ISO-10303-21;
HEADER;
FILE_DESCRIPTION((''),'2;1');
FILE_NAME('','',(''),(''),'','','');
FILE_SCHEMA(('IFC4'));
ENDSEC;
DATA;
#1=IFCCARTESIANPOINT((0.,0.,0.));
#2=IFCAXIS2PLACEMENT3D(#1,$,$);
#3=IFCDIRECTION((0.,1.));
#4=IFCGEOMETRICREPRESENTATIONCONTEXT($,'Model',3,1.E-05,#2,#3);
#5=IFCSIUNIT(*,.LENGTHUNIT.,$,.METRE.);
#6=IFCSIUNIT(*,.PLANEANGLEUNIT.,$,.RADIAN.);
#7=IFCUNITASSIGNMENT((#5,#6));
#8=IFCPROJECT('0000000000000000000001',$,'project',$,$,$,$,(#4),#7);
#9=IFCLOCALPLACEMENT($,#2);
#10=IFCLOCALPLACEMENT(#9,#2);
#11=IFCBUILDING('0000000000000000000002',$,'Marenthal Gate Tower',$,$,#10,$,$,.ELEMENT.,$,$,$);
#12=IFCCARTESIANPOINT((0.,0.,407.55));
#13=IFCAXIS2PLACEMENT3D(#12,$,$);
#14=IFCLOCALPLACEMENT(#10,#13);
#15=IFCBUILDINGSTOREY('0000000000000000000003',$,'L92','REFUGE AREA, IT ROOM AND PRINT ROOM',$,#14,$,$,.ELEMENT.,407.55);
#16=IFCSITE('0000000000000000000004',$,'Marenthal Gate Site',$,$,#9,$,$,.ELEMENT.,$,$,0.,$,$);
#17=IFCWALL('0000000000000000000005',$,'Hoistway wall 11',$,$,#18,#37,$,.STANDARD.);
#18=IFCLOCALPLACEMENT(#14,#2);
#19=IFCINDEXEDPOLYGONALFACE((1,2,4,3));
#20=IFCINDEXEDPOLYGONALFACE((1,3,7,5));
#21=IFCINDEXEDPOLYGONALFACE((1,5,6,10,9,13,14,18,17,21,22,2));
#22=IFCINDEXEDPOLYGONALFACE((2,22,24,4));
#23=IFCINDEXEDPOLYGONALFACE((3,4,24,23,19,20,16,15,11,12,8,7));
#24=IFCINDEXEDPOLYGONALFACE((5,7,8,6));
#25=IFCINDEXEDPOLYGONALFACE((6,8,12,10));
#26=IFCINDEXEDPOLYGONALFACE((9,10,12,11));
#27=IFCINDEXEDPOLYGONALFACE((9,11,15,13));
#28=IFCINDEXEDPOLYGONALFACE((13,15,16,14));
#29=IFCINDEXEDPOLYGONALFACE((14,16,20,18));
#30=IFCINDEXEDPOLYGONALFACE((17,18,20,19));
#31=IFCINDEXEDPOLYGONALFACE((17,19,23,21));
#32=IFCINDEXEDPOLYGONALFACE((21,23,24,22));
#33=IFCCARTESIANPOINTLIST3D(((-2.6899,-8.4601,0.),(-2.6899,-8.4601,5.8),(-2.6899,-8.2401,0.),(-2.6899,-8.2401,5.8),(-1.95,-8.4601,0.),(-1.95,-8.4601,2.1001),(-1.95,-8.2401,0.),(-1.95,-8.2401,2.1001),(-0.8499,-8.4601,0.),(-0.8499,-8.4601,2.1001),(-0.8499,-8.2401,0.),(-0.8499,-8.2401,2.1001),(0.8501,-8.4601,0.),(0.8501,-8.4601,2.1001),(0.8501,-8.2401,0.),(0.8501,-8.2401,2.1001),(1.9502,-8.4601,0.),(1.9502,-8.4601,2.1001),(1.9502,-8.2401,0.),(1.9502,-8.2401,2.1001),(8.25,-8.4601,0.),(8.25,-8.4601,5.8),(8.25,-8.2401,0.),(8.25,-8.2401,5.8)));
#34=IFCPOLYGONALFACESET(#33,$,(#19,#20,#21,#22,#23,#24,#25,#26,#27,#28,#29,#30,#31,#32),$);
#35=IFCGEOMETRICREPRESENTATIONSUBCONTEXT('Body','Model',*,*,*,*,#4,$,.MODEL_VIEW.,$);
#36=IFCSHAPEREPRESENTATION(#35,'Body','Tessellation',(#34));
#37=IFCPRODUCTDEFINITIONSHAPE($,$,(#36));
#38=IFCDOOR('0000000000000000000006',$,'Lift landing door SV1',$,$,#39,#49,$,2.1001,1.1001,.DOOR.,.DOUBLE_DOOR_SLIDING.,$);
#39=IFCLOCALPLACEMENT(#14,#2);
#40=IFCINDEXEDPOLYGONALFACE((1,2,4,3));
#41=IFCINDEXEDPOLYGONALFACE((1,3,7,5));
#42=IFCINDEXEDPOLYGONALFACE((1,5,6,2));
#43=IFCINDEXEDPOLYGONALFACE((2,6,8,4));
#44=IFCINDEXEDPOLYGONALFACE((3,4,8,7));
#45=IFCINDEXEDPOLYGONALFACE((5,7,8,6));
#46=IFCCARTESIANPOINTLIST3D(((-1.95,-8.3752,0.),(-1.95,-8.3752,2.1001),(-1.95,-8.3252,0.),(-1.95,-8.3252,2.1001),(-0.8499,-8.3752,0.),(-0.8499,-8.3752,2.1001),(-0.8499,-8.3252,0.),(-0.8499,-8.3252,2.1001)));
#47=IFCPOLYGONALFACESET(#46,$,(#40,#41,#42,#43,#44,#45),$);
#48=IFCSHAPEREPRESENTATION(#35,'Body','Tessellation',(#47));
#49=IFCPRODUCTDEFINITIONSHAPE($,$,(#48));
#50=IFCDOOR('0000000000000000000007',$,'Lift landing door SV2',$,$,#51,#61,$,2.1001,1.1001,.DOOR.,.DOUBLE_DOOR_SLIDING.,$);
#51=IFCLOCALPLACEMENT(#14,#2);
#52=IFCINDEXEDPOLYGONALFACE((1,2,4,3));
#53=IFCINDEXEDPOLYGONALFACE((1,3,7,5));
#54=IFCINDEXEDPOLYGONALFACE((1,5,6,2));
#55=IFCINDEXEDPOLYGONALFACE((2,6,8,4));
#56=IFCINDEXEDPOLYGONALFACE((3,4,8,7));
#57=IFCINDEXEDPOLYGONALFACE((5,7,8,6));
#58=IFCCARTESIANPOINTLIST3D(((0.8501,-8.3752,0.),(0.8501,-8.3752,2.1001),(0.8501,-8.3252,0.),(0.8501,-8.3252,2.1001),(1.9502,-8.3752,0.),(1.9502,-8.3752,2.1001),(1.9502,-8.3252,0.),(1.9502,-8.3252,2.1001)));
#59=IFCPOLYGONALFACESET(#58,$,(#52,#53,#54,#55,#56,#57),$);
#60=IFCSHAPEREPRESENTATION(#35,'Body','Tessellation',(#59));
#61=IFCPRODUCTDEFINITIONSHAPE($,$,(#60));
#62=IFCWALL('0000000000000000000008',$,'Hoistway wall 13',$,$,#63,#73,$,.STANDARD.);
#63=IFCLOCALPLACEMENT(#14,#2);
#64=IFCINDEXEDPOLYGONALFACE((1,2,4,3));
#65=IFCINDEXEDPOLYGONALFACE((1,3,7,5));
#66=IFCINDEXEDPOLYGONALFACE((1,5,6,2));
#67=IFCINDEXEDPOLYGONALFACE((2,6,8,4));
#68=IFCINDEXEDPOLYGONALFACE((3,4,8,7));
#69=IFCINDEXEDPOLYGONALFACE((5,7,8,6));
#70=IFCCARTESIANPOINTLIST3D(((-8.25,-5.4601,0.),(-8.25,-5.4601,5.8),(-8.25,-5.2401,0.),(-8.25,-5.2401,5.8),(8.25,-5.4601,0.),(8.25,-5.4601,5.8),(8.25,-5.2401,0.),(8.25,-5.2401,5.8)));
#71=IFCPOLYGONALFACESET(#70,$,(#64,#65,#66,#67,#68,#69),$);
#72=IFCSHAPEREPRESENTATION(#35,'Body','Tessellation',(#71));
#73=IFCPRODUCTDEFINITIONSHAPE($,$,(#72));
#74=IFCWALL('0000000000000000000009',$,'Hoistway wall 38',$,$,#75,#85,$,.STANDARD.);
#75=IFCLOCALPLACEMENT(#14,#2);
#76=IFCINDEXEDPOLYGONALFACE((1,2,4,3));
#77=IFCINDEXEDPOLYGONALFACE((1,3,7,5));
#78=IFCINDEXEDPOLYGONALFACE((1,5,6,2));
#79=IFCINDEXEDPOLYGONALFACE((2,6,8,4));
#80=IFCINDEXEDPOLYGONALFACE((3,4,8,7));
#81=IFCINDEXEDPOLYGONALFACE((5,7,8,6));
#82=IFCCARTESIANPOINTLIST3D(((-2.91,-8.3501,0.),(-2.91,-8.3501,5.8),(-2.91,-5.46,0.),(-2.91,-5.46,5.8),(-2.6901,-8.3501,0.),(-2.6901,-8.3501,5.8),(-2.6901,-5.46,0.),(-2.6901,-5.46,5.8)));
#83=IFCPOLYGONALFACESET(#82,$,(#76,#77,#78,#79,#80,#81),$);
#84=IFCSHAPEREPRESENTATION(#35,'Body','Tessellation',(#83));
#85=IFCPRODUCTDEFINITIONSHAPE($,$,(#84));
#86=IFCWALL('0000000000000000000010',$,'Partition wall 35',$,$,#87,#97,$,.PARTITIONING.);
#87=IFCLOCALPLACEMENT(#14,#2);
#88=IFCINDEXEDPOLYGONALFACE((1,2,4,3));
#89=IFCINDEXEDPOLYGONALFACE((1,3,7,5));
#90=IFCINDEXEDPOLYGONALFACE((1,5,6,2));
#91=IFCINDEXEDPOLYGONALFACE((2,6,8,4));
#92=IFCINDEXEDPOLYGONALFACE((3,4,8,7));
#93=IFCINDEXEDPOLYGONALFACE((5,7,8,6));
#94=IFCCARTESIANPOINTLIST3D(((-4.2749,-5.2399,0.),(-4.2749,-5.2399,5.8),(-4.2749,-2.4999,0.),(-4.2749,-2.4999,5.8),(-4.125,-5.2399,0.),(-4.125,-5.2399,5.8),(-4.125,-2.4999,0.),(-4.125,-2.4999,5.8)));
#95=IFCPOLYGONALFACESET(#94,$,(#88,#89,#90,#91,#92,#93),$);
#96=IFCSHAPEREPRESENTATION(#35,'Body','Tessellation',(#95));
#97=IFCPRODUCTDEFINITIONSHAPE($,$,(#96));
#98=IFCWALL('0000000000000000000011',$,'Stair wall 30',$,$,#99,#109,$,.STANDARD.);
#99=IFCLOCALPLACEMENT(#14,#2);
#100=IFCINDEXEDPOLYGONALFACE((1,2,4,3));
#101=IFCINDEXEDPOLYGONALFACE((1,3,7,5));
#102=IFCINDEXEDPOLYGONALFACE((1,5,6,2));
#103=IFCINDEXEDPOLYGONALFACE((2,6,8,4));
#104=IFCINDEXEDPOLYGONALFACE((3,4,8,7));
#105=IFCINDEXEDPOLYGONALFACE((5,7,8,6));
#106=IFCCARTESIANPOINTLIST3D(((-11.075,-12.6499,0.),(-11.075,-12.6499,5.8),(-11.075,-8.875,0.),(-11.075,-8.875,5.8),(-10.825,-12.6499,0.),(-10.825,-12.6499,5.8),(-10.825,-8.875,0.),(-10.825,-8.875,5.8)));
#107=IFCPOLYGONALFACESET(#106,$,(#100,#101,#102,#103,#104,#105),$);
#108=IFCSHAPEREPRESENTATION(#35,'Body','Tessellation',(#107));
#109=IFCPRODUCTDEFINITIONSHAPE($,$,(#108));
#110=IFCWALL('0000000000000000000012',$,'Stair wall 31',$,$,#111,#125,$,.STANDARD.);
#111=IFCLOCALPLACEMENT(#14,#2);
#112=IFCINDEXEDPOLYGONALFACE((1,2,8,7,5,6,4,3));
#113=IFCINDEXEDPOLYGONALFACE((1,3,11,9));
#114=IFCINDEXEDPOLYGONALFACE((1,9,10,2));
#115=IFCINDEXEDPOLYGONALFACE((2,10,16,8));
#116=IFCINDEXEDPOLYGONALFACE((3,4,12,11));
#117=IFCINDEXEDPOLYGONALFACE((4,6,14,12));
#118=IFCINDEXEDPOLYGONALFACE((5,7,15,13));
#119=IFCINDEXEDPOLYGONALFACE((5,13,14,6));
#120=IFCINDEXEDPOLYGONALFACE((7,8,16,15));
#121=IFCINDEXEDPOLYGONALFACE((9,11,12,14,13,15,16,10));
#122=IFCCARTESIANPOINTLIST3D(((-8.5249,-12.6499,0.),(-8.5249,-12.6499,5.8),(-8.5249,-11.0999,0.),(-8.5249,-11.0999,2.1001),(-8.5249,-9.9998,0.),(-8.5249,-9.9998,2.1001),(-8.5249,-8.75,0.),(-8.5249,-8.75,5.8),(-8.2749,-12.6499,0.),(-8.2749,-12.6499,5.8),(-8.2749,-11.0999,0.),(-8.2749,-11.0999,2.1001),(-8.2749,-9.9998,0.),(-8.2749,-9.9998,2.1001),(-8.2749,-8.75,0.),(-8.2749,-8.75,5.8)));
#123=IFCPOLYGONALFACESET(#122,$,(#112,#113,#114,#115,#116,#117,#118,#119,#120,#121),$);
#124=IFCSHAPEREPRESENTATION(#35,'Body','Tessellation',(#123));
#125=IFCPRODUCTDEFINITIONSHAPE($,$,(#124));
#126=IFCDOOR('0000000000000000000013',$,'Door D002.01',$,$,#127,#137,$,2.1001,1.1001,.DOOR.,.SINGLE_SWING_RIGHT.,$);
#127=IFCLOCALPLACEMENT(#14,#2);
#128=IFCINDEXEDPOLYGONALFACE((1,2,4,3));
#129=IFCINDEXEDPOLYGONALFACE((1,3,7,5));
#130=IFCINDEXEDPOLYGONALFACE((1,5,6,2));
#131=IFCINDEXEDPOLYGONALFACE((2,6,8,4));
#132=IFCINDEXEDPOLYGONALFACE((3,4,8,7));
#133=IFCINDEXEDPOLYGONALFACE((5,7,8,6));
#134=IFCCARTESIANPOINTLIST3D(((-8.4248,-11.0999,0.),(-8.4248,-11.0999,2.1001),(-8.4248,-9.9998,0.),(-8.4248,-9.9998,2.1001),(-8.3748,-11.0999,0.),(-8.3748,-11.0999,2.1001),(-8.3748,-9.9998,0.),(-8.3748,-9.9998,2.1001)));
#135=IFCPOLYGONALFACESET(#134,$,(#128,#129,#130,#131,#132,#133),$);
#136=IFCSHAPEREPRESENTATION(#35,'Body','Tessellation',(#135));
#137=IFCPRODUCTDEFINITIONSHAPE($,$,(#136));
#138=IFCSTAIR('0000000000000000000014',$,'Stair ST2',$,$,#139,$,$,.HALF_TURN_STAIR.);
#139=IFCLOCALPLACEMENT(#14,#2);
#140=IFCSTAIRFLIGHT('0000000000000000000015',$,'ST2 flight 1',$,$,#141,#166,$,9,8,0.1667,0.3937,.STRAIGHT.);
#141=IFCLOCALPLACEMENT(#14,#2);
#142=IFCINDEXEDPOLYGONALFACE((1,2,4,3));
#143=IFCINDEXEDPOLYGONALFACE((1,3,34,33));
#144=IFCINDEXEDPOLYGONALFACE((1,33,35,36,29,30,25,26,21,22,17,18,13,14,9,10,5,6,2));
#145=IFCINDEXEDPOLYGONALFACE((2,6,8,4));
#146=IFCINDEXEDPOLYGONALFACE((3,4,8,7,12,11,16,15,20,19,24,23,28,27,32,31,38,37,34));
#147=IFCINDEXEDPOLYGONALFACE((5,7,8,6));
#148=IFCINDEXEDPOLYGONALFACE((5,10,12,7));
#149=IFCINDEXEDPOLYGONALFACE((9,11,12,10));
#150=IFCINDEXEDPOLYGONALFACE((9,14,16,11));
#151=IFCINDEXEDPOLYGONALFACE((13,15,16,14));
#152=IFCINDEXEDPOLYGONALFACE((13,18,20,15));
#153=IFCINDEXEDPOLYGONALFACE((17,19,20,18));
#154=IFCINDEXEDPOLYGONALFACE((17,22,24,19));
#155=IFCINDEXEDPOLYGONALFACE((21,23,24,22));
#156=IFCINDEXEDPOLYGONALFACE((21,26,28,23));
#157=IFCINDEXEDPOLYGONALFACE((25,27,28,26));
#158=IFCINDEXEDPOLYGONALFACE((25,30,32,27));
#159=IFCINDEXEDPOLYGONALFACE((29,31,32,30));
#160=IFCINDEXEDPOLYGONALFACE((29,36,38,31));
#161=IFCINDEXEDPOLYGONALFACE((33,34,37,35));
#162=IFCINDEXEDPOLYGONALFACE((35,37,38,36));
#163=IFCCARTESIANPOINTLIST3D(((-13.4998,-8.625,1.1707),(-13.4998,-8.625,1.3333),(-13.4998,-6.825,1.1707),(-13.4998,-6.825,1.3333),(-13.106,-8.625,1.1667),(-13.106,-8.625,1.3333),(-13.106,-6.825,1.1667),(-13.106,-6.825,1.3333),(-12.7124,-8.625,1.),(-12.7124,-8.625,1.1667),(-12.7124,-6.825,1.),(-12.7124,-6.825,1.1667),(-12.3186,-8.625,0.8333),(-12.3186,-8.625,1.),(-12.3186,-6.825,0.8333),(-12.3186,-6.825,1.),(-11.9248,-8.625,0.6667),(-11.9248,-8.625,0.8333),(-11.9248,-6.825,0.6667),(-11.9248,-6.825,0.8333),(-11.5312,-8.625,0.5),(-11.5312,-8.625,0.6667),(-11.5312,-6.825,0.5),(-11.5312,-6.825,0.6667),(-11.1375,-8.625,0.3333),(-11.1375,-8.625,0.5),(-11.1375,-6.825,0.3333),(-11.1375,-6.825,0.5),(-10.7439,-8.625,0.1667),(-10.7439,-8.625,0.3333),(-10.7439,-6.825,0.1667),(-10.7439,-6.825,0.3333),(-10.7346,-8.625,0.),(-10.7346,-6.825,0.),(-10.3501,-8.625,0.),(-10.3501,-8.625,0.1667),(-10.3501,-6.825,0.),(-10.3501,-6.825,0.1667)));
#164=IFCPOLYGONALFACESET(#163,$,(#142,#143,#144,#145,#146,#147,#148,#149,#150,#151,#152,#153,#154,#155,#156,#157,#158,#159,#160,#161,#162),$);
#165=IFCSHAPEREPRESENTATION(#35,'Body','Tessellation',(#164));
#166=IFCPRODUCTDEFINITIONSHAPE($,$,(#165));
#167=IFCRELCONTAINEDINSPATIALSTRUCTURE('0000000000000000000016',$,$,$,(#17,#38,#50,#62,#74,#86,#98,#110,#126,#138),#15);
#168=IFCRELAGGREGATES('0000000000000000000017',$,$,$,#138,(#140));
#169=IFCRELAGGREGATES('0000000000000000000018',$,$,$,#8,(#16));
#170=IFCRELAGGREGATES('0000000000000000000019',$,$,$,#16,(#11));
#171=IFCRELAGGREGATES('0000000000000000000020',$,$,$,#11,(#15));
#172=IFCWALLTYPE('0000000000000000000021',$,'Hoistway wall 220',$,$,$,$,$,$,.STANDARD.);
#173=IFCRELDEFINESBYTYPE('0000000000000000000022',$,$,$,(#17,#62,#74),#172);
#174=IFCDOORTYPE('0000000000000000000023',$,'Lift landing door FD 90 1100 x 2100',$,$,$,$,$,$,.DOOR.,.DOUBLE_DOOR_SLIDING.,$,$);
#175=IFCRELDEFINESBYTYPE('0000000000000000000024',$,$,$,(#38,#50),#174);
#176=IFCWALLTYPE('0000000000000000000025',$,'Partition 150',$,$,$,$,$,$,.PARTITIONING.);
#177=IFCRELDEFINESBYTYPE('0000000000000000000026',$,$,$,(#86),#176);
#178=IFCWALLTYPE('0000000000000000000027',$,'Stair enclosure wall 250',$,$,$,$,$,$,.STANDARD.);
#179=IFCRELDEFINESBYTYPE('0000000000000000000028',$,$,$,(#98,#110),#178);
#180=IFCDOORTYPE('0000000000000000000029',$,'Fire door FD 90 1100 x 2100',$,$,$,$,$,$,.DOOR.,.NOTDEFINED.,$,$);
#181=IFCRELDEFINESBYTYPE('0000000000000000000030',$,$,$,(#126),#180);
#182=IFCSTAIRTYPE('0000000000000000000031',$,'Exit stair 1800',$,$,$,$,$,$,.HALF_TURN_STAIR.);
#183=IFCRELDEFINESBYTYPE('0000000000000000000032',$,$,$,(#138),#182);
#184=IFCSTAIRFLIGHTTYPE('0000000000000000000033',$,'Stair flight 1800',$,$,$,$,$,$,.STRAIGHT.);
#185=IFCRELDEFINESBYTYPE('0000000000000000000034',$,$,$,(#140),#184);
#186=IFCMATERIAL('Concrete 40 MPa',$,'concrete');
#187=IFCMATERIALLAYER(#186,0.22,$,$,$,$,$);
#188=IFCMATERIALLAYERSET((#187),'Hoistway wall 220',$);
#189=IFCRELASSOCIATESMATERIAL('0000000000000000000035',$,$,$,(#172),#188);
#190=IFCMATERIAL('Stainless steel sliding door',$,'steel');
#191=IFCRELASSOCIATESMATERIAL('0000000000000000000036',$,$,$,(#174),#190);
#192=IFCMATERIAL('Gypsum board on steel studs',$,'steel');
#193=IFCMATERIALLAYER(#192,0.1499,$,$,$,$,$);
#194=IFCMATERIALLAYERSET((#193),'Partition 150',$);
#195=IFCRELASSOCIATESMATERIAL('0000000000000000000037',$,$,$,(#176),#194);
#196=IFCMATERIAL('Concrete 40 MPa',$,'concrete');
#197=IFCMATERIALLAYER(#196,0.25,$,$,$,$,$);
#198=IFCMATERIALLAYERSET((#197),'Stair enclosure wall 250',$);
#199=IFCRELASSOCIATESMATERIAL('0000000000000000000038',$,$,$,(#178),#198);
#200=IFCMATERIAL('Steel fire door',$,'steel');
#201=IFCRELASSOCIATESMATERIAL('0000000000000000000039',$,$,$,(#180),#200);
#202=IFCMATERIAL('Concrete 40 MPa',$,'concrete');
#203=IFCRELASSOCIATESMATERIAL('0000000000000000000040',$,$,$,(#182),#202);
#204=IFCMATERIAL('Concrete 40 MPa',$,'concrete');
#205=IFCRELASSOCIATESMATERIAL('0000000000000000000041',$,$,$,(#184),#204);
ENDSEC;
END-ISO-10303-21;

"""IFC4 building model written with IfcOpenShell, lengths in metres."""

from ifc_helpers import new_model, si_unit, direction, frame, frame_2d, origin, place, context, subcontext, project, spatial, polyline, rectangle, outline, extrude, material, layer, layer_set, type_object, element, fill, aggregate, save


model = new_model("IFC4")

# Units and contexts
model_context = context("Model", 3, precision=1e-05, world=origin(), true_north=direction((0.0, 1.0)))
body_context = subcontext(model_context, "Body", "Model", "MODEL_VIEW")
ifc_project = project(units=[si_unit("LENGTHUNIT", "METRE"), si_unit("PLANEANGLEUNIT", "RADIAN")], contexts=[model_context])

# Site, building, storey
site_placement = place(None, origin())
site = spatial("IfcSite", under=ifc_project, at=site_placement, Name="Marenthal Gate Site", CompositionType="ELEMENT", RefElevation=0.0)
building_placement = place(site_placement, origin())
building = spatial("IfcBuilding", under=site, at=building_placement, Name="Marenthal Gate Tower", CompositionType="ELEMENT")
storey_placement = place(building_placement, frame((0.0, 0.0, 407.55)))
storey = spatial("IfcBuildingStorey", under=building, at=storey_placement, Name="L92", Description="REFUGE AREA, IT ROOM AND PRINT ROOM", CompositionType="ELEMENT", Elevation=407.55)

# Wall, openings, doors
ifc_material_1 = material(Name="Concrete 40 MPa", Category="concrete")
ifc_layer_1 = layer(ifc_material_1, 0.22)
ifc_layer_set_1 = layer_set([ifc_layer_1], Name="Hoistway wall 220")
wall_type_1 = type_object("IfcWallType", Name="Hoistway wall 220", PredefinedType="STANDARD", material=ifc_layer_set_1)
ifc_material_2 = material(Name="Stainless steel sliding door", Category="steel")
door_type_1 = type_object("IfcDoorType", Name="Lift landing door FD 90 1100 x 2100", OperationType="DOUBLE_DOOR_SLIDING", PredefinedType="DOOR", material=ifc_material_2)
wall_1_placement = place(storey_placement, frame((-2.6899, -8.3501, 0.0), z_axis=(0.0, 0.0, 1.0), x_axis=(1.0, 0.0, 0.0)))
wall_1 = element("IfcWall", 1, at=wall_1_placement, inside=storey, type_object=wall_type_1, Name="Hoistway wall 11", PredefinedType="STANDARD", context=body_context, shape_type="SweptSolid", body=[
    extrude(rectangle(XDim=10.9399, YDim=0.22, at=frame_2d((5.47, 0.0))), origin(), (0.0, 0.0, 1.0), 5.8),
])
opening_1_placement = place(wall_1_placement, frame((0.74, 0.0, 0.0)))
opening_1 = element("IfcOpeningElement", 2, at=opening_1_placement, cuts=wall_1, PredefinedType="OPENING", context=body_context, shape_type="SweptSolid", body=[
    extrude(rectangle(XDim=1.1001, YDim=2.1001, at=frame_2d((0.55, 1.05))), frame((0.0, 0.1201, 0.0), z_axis=(0.0, -1.0, 0.0), x_axis=(1.0, 0.0, 0.0)), (0.0, 0.0, 1.0), 0.24),
])
opening_2_placement = place(wall_1_placement, frame((3.54, 0.0, 0.0)))
opening_2 = element("IfcOpeningElement", 3, at=opening_2_placement, cuts=wall_1, PredefinedType="OPENING", context=body_context, shape_type="SweptSolid", body=[
    extrude(rectangle(XDim=1.1001, YDim=2.1001, at=frame_2d((0.55, 1.05))), frame((0.0, 0.1201, 0.0), z_axis=(0.0, -1.0, 0.0), x_axis=(1.0, 0.0, 0.0)), (0.0, 0.0, 1.0), 0.24),
])
door_1_placement = place(opening_1_placement, origin())
door_1 = element("IfcDoor", 4, at=door_1_placement, inside=storey, type_object=door_type_1, Name="Lift landing door SV1", OperationType="DOUBLE_DOOR_SLIDING", OverallHeight=2.1001, OverallWidth=1.1001, PredefinedType="DOOR", context=body_context, shape_type="SweptSolid", body=[
    extrude(rectangle(XDim=1.1001, YDim=2.1001, at=frame_2d((0.55, 1.05))), frame((0.0, 0.0249, 0.0), z_axis=(0.0, -1.0, 0.0), x_axis=(1.0, 0.0, 0.0)), (0.0, 0.0, 1.0), 0.05),
])
fill(opening_1, door_1)
door_2_placement = place(opening_2_placement, origin())
door_2 = element("IfcDoor", 5, at=door_2_placement, inside=storey, type_object=door_type_1, Name="Lift landing door SV2", OperationType="DOUBLE_DOOR_SLIDING", OverallHeight=2.1001, OverallWidth=1.1001, PredefinedType="DOOR", context=body_context, shape_type="SweptSolid", body=[
    extrude(rectangle(XDim=1.1001, YDim=2.1001, at=frame_2d((0.55, 1.05))), frame((0.0, 0.0249, 0.0), z_axis=(0.0, -1.0, 0.0), x_axis=(1.0, 0.0, 0.0)), (0.0, 0.0, 1.0), 0.05),
])
fill(opening_2, door_2)

# Walls
wall_2_placement = place(storey_placement, frame((-8.25, -5.3501, 0.0), z_axis=(0.0, 0.0, 1.0), x_axis=(1.0, 0.0, 0.0)))
element("IfcWall", 6, at=wall_2_placement, inside=storey, type_object=wall_type_1, Name="Hoistway wall 13", PredefinedType="STANDARD", context=body_context, shape_type="SweptSolid", body=[
    extrude(rectangle(XDim=16.5, YDim=0.22, at=frame_2d((8.25, 0.0))), origin(), (0.0, 0.0, 1.0), 5.8),
])
wall_3_placement = place(storey_placement, frame((-2.8, -8.3501, 0.0), z_axis=(0.0, 0.0, 1.0), x_axis=(0.0, 1.0, 0.0)))
element("IfcWall", 7, at=wall_3_placement, inside=storey, type_object=wall_type_1, Name="Hoistway wall 38", PredefinedType="STANDARD", context=body_context, shape_type="SweptSolid", body=[
    extrude(rectangle(XDim=2.8901, YDim=0.22, at=frame_2d((1.4451, 0.0))), origin(), (0.0, 0.0, 1.0), 5.8),
])
ifc_material_3 = material(Name="Gypsum board on steel studs", Category="steel")
ifc_layer_2 = layer(ifc_material_3, 0.1499)
ifc_layer_set_2 = layer_set([ifc_layer_2], Name="Partition 150")
wall_type_2 = type_object("IfcWallType", Name="Partition 150", PredefinedType="PARTITIONING", material=ifc_layer_set_2)
wall_4_placement = place(storey_placement, frame((-4.2, -5.24, 0.0), z_axis=(0.0, 0.0, 1.0), x_axis=(0.0, 1.0, 0.0)))
element("IfcWall", 8, at=wall_4_placement, inside=storey, type_object=wall_type_2, Name="Partition wall 35", PredefinedType="PARTITIONING", context=body_context, shape_type="SweptSolid", body=[
    extrude(rectangle(XDim=2.74, YDim=0.1499, at=frame_2d((1.3701, 0.0))), origin(), (0.0, 0.0, 1.0), 5.8),
])
ifc_material_4 = material(Name="Concrete 40 MPa", Category="concrete")
ifc_layer_3 = layer(ifc_material_4, 0.25)
ifc_layer_set_3 = layer_set([ifc_layer_3], Name="Stair enclosure wall 250")
wall_type_3 = type_object("IfcWallType", Name="Stair enclosure wall 250", PredefinedType="STANDARD", material=ifc_layer_set_3)
wall_5_placement = place(storey_placement, frame((-10.95, -12.6499, 0.0), z_axis=(0.0, 0.0, 1.0), x_axis=(0.0, 1.0, 0.0)))
element("IfcWall", 9, at=wall_5_placement, inside=storey, type_object=wall_type_3, Name="Stair wall 30", PredefinedType="STANDARD", context=body_context, shape_type="SweptSolid", body=[
    extrude(rectangle(XDim=3.7749, YDim=0.25, at=frame_2d((1.8875, 0.0))), origin(), (0.0, 0.0, 1.0), 5.8),
])

# Wall, opening, door
wall_6_placement = place(storey_placement, frame((-8.3999, -12.6499, 0.0), z_axis=(0.0, 0.0, 1.0), x_axis=(0.0, 1.0, 0.0)))
wall_6 = element("IfcWall", 10, at=wall_6_placement, inside=storey, type_object=wall_type_3, Name="Stair wall 31", PredefinedType="STANDARD", context=body_context, shape_type="SweptSolid", body=[
    extrude(rectangle(XDim=3.8999, YDim=0.25, at=frame_2d((1.95, 0.0))), origin(), (0.0, 0.0, 1.0), 5.8),
])
opening_3_placement = place(wall_6_placement, frame((1.55, 0.0, 0.0)))
opening_3 = element("IfcOpeningElement", 11, at=opening_3_placement, cuts=wall_6, PredefinedType="OPENING", context=body_context, shape_type="SweptSolid", body=[
    extrude(rectangle(XDim=1.1001, YDim=2.1001, at=frame_2d((0.55, 1.05))), frame((0.0, 0.135, 0.0), z_axis=(0.0, -1.0, 0.0), x_axis=(1.0, 0.0, 0.0)), (0.0, 0.0, 1.0), 0.27),
])
ifc_material_5 = material(Name="Steel fire door", Category="steel")
door_type_2 = type_object("IfcDoorType", Name="Fire door FD 90 1100 x 2100", OperationType="NOTDEFINED", PredefinedType="DOOR", material=ifc_material_5)
door_3_placement = place(opening_3_placement, origin())
door_3 = element("IfcDoor", 12, at=door_3_placement, inside=storey, type_object=door_type_2, Name="Door D002.01", OperationType="SINGLE_SWING_RIGHT", OverallHeight=2.1001, OverallWidth=1.1001, PredefinedType="DOOR", context=body_context, shape_type="SweptSolid", body=[
    extrude(rectangle(XDim=1.1001, YDim=2.1001, at=frame_2d((0.55, 1.05))), frame((0.0, 0.0249, 0.0), z_axis=(0.0, -1.0, 0.0), x_axis=(1.0, 0.0, 0.0)), (0.0, 0.0, 1.0), 0.05),
])
fill(opening_3, door_3)

# Stair, stair flight
ifc_material_6 = material(Name="Concrete 40 MPa", Category="concrete")
stair_type = type_object("IfcStairType", Name="Exit stair 1800", PredefinedType="HALF_TURN_STAIR", material=ifc_material_6)
stair_placement = place(storey_placement, origin())
stair = element("IfcStair", 13, at=stair_placement, inside=storey, type_object=stair_type, Name="Stair ST2", PredefinedType="HALF_TURN_STAIR")
ifc_material_7 = material(Name="Concrete 40 MPa", Category="concrete")
stair_flight_type = type_object("IfcStairFlightType", Name="Stair flight 1800", PredefinedType="STRAIGHT", material=ifc_material_7)
stair_flight_1_placement = place(storey_placement, frame((-10.3501, -7.7251, 0.0), z_axis=(0.0, 0.0, 1.0), x_axis=(-1.0, 0.0, 0.0)))
stair_flight_1 = element("IfcStairFlight", 14, at=stair_flight_1_placement, type_object=stair_flight_type, Name="ST2 flight 1", NumberOfRisers=9, NumberOfTreads=8, PredefinedType="STRAIGHT", RiserHeight=0.1667, TreadLength=0.3937, context=body_context, shape_type="SweptSolid", body=[
    extrude(outline(polyline([(0.0, 0.0), (0.0, 0.1667), (0.3938, 0.1667), (0.3938, 0.3333), (0.7874, 0.3333), (0.7874, 0.5), (1.1812, 0.5), (1.1812, 0.6667), (1.5747, 0.6667), (1.5747, 0.8333), (1.9685, 0.8333), (1.9685, 1.0), (2.3623, 1.0), (2.3623, 1.1667), (2.7559, 1.1667), (2.7559, 1.3333), (3.1497, 1.3333), (3.1497, 1.5), (3.1497, 1.1707), (0.3845, 0.0), (0.0, 0.0)])), frame((0.0, 0.8999, 0.0), z_axis=(0.0, -1.0, 0.0), x_axis=(1.0, 0.0, 0.0)), (0.0, 0.0, 1.0), 1.8),
])
aggregate(stair, [stair_flight_1])

save(model, "model.ifc")
